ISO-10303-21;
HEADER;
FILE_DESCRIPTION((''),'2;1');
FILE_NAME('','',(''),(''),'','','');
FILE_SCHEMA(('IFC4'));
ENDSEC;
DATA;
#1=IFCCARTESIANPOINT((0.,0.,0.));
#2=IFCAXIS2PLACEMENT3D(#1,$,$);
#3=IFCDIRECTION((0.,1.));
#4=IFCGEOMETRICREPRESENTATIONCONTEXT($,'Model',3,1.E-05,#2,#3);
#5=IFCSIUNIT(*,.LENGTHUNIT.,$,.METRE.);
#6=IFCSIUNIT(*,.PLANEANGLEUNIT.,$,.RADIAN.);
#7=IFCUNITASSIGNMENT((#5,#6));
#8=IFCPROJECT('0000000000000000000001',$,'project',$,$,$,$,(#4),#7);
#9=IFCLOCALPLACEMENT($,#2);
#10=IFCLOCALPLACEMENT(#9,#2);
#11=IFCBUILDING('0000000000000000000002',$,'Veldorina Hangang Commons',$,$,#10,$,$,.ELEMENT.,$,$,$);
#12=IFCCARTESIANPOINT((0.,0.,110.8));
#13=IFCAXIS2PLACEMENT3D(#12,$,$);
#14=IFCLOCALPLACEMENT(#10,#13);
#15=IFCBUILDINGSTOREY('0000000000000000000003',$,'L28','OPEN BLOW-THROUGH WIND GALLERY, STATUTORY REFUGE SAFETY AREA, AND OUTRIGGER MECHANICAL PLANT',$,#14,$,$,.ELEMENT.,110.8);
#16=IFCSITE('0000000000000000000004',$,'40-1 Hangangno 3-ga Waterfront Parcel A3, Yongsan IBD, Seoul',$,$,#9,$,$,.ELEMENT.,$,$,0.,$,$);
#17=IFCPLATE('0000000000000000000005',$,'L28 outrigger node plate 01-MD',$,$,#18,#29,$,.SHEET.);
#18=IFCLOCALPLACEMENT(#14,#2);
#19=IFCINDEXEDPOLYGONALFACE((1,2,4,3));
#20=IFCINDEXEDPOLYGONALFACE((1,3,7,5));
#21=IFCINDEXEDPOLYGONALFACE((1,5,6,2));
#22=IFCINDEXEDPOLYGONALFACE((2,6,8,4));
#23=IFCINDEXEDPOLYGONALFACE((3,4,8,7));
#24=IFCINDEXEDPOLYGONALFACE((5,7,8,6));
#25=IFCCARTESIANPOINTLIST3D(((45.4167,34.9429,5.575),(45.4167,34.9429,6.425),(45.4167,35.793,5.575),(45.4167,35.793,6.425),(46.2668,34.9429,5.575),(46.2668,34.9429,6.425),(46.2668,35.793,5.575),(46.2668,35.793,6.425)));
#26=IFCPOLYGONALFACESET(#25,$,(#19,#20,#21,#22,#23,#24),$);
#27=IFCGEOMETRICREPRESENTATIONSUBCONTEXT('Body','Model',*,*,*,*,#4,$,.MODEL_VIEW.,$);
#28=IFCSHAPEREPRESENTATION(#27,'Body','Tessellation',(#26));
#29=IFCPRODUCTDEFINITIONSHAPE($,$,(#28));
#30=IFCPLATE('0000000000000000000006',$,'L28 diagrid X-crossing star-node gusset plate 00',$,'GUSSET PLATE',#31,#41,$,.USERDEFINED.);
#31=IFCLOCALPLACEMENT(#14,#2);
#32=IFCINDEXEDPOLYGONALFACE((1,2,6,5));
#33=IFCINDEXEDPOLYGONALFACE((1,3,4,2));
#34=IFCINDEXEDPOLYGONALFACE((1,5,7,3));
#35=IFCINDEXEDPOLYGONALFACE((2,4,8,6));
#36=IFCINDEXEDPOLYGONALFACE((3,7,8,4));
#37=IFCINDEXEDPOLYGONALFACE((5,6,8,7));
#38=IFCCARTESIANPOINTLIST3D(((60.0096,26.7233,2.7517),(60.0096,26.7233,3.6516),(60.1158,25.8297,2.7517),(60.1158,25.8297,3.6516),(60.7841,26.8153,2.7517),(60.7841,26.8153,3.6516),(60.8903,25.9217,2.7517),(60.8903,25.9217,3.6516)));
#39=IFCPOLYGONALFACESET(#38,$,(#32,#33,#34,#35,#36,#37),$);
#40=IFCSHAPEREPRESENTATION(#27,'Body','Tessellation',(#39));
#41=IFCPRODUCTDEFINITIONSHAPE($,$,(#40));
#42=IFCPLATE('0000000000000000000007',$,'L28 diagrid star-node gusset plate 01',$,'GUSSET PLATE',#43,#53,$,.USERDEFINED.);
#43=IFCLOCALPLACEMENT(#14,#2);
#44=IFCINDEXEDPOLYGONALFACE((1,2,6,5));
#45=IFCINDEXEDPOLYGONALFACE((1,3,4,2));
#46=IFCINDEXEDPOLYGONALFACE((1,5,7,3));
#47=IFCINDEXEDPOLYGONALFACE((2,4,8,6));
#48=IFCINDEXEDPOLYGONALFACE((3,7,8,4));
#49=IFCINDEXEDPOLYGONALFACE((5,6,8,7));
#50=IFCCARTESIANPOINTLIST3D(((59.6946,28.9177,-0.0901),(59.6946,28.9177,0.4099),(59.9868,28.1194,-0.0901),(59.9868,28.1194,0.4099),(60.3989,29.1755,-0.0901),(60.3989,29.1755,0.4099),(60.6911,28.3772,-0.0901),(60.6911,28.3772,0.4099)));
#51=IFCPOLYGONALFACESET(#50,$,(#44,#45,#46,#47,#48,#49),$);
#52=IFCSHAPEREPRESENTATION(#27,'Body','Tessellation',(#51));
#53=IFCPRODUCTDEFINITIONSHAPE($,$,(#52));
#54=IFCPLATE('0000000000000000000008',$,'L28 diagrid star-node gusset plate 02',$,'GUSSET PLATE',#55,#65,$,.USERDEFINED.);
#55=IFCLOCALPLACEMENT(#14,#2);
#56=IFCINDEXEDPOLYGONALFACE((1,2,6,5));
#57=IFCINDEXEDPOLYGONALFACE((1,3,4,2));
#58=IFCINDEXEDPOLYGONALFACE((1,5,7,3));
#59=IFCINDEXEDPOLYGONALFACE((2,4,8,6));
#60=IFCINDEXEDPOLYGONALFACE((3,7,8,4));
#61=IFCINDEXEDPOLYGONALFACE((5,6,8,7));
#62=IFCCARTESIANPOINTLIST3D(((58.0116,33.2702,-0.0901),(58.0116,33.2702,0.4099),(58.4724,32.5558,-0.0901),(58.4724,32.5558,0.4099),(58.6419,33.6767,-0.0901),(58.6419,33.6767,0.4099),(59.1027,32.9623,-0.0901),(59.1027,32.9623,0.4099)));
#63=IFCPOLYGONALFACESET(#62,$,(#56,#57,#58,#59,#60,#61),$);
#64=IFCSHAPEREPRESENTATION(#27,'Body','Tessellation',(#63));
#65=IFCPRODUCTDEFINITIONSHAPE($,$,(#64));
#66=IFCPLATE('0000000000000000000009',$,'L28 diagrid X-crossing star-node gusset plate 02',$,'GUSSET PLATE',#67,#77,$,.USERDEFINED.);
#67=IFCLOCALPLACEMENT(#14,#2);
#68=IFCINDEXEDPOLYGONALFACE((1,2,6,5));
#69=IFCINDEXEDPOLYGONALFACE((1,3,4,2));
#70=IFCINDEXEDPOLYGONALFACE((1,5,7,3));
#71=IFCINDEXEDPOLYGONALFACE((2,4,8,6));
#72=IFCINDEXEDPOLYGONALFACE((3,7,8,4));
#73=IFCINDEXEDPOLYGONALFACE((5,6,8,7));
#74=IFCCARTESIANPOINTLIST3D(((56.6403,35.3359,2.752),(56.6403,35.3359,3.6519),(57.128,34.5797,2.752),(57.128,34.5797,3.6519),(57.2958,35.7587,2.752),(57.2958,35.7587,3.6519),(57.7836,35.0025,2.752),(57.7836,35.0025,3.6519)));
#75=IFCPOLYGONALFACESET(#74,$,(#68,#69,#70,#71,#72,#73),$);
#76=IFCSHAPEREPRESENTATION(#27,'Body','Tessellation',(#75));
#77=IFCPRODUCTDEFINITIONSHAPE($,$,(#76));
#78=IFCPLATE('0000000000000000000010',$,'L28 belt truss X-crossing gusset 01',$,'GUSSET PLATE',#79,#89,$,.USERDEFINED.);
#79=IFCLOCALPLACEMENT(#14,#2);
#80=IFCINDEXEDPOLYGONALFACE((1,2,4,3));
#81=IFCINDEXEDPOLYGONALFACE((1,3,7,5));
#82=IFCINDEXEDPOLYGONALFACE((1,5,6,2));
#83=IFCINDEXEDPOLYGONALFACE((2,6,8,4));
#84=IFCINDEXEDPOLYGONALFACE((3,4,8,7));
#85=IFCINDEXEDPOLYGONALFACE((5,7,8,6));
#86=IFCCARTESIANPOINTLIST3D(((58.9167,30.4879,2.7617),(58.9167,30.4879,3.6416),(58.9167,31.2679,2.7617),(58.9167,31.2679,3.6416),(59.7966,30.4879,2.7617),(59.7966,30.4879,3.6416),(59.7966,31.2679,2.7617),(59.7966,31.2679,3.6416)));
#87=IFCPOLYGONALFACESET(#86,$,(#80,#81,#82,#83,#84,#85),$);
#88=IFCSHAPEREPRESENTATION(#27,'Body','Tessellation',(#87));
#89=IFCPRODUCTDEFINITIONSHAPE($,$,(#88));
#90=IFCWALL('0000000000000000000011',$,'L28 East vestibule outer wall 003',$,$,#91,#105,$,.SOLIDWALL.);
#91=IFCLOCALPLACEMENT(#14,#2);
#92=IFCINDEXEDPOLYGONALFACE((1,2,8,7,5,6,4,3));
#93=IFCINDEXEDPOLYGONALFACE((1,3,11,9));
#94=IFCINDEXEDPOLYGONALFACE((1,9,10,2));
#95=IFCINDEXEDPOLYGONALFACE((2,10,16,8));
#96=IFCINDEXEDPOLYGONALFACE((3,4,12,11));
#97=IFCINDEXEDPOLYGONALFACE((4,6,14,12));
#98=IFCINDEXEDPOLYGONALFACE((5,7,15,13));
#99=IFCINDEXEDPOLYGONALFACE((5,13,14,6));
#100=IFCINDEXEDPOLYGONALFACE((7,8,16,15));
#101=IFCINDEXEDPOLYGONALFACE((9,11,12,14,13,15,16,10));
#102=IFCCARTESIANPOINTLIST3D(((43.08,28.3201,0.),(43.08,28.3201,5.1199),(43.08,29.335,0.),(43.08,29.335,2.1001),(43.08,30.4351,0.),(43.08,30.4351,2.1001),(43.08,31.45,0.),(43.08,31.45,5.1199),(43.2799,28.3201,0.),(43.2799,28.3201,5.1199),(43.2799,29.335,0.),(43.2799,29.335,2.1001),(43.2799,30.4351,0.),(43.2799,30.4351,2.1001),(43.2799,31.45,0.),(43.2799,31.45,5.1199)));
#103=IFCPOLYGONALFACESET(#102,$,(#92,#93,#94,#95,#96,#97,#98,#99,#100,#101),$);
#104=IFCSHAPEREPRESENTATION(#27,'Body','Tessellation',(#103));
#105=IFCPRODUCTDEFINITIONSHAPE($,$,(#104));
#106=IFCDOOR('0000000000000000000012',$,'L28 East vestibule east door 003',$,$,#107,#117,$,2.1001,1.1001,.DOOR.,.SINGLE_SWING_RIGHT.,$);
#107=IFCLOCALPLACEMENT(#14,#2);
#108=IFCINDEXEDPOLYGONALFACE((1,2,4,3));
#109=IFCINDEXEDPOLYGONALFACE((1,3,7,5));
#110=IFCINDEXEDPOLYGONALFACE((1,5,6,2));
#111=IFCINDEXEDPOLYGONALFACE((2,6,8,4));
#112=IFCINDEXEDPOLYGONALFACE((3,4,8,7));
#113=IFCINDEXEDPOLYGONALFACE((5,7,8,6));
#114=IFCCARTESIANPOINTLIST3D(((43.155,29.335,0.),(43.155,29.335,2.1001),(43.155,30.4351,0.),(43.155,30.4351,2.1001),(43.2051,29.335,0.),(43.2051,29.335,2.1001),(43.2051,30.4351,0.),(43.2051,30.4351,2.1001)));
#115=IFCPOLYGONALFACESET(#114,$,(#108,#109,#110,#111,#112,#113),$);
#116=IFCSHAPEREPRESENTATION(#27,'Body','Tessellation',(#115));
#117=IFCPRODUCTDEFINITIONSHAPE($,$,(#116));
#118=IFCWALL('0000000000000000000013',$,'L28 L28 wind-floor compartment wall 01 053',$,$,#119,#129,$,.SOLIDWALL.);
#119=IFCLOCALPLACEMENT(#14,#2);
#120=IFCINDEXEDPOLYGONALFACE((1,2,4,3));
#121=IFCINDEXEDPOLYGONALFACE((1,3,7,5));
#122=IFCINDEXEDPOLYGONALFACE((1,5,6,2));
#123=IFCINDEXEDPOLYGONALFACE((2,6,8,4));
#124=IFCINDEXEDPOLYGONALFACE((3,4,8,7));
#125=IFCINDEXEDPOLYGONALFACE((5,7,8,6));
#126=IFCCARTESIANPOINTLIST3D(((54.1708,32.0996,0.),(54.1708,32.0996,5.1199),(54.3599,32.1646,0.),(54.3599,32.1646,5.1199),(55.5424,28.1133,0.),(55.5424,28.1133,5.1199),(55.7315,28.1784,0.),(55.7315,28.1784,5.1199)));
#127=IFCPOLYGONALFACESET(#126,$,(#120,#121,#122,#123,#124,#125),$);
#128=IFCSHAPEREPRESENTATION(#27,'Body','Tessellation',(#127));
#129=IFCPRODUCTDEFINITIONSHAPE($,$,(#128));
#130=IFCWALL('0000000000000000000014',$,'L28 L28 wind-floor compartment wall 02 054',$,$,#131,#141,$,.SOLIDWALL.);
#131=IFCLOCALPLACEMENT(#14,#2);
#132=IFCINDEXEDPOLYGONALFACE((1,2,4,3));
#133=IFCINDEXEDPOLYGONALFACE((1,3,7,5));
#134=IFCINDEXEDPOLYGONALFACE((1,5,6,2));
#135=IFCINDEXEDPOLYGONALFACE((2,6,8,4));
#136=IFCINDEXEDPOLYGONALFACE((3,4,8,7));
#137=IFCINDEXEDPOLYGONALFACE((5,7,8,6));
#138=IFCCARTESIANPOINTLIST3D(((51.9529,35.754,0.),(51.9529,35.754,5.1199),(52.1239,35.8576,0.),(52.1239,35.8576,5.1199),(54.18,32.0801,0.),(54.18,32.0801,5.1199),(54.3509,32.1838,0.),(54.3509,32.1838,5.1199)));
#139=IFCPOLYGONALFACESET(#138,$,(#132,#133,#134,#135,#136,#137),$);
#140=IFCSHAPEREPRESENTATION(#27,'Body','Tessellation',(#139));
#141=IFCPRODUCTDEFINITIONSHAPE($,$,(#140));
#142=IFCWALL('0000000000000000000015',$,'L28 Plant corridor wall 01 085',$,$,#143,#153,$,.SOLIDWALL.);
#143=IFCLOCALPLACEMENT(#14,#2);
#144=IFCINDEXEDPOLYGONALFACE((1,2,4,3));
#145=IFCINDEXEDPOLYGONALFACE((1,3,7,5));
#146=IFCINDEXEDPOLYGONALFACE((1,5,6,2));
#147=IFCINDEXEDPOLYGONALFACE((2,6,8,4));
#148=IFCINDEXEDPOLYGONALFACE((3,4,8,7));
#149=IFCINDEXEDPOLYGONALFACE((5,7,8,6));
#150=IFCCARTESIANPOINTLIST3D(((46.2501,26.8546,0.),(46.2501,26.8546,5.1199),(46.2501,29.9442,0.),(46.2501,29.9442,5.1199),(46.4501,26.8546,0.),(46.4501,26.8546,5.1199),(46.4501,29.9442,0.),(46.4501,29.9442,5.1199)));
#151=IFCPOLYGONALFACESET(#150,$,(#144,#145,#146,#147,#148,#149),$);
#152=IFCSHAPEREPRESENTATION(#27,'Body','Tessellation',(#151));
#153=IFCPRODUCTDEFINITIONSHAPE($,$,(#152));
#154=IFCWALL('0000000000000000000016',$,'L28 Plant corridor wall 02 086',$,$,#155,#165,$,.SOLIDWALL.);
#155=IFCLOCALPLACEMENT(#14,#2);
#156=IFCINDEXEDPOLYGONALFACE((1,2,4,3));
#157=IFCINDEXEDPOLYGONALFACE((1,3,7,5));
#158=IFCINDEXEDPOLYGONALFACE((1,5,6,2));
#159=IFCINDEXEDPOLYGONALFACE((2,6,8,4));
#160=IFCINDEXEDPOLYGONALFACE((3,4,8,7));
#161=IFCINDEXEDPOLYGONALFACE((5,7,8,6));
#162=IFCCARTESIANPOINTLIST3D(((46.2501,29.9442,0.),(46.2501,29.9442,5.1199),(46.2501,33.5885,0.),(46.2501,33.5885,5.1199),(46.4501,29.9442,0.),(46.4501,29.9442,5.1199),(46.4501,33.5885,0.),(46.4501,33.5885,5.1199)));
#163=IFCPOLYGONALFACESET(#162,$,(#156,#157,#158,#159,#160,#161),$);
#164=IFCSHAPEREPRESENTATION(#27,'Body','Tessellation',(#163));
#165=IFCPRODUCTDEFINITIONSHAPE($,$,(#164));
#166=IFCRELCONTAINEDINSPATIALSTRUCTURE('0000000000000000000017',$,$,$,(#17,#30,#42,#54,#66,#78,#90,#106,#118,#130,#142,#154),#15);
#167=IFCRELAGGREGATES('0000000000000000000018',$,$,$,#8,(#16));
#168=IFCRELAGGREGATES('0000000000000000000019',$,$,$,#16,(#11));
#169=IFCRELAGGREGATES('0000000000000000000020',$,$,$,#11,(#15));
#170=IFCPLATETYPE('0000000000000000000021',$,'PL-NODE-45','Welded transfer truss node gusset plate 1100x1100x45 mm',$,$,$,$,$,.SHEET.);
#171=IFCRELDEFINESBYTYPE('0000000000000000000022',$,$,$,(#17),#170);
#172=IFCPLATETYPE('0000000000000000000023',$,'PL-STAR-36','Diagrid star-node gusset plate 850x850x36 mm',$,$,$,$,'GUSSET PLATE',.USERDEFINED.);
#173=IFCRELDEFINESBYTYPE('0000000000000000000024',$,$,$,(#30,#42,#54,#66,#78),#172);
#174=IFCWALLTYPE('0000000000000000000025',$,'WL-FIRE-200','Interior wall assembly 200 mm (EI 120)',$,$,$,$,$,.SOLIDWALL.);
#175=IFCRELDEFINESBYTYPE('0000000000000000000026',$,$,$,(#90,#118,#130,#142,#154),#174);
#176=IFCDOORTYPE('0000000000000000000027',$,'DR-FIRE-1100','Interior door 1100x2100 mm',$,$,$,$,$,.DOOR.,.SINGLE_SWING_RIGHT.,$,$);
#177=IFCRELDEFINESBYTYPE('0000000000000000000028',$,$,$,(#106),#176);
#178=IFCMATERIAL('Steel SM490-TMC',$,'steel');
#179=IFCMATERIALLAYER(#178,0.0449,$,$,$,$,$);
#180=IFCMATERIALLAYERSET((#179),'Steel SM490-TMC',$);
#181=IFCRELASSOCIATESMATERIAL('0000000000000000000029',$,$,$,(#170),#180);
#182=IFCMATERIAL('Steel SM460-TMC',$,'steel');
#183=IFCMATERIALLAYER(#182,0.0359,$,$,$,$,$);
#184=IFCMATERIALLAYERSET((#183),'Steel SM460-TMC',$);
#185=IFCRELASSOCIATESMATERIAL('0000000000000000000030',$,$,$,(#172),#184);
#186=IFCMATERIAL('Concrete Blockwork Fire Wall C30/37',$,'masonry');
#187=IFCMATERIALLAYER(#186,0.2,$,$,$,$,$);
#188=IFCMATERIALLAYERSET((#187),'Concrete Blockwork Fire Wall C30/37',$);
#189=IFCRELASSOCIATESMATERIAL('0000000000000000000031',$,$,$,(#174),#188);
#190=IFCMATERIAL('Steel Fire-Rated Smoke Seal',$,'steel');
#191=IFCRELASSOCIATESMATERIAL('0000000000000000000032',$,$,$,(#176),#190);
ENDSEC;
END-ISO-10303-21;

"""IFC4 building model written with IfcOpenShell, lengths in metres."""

from ifc_helpers import new_model, si_unit, direction, frame, frame_2d, origin, origin_2d, place, context, subcontext, project, spatial, rectangle, extrude, material, layer, layer_set, type_object, element, fill, save


model = new_model("IFC4")

# Units and contexts
model_context = context("Model", 3, precision=1e-05, world=origin(), true_north=direction((0.0, 1.0)))
body_context = subcontext(model_context, "Body", "Model", "MODEL_VIEW")
ifc_project = project(units=[si_unit("LENGTHUNIT", "METRE"), si_unit("PLANEANGLEUNIT", "RADIAN")], contexts=[model_context])

# Site, building, storey
site_placement = place(None, origin())
site = spatial("IfcSite", under=ifc_project, at=site_placement, Name="40-1 Hangangno 3-ga Waterfront Parcel A3, Yongsan IBD, Seoul", CompositionType="ELEMENT", RefElevation=0.0)
building_placement = place(site_placement, origin())
building = spatial("IfcBuilding", under=site, at=building_placement, Name="Veldorina Hangang Commons", CompositionType="ELEMENT")
storey_placement = place(building_placement, frame((0.0, 0.0, 110.8)))
storey = spatial("IfcBuildingStorey", under=building, at=storey_placement, Name="L28", Description="OPEN BLOW-THROUGH WIND GALLERY, STATUTORY REFUGE SAFETY AREA, AND OUTRIGGER MECHANICAL PLANT", CompositionType="ELEMENT", Elevation=110.8)

# Shared definitions
ifc_material_1 = material(Name="Steel SM460-TMC", Category="steel")

# Plates
ifc_material_2 = material(Name="Steel SM490-TMC", Category="steel")
ifc_layer_1 = layer(ifc_material_2, 0.0449)
ifc_layer_set_1 = layer_set([ifc_layer_1], Name="Steel SM490-TMC")
plate_type_1 = type_object("IfcPlateType", Name="PL-NODE-45", Description="Welded transfer truss node gusset plate 1100x1100x45 mm", PredefinedType="SHEET", material=ifc_layer_set_1)
plate_1_placement = place(storey_placement, frame((45.8418, 35.3679, 5.575), z_axis=(0.0, 0.0, 1.0), x_axis=(1.0, 0.0, 0.0)))
element("IfcPlate", 1, at=plate_1_placement, inside=storey, type_object=plate_type_1, Name="L28 outrigger node plate 01-MD", PredefinedType="SHEET", context=body_context, shape_type="SweptSolid", body=[
    extrude(rectangle(XDim=0.8501, YDim=0.8501, at=origin_2d()), origin(), (0.0, 0.0, 1.0), 0.8501),
])
ifc_layer_2 = layer(ifc_material_1, 0.0359)
ifc_layer_set_2 = layer_set([ifc_layer_2], Name="Steel SM460-TMC")
plate_type_2 = type_object("IfcPlateType", Name="PL-STAR-36", Description="Diagrid star-node gusset plate 850x850x36 mm", ElementType="GUSSET PLATE", PredefinedType="USERDEFINED", material=ifc_layer_set_2)
plate_2_placement = place(storey_placement, frame((60.45, 26.3225, 2.7517), z_axis=(0.0, 0.0, 1.0), x_axis=(-0.118005, 0.993013, 0.0)))
element("IfcPlate", 2, at=plate_2_placement, inside=storey, type_object=plate_type_2, Name="L28 diagrid X-crossing star-node gusset plate 00", ObjectType="GUSSET PLATE", PredefinedType="USERDEFINED", context=body_context, shape_type="SweptSolid", body=[
    extrude(rectangle(XDim=0.8999, YDim=0.78, at=origin_2d()), origin(), (0.0, 0.0, 1.0), 0.8999),
])
for number, where, z_axis, x_axis, name in (
    (3, (60.1929, 28.6475, -0.0901), (0.0, 0.0, 1.0), (-0.343758, 0.939058, 0.0), "L28 diagrid star-node gusset plate 01"),
    (4, (58.5571, 33.1162, -0.0901), (0.0, 0.0, 1.0), (-0.542016, 0.840368, 0.0), "L28 diagrid star-node gusset plate 02"),
):
    element("IfcPlate", number, at=place(storey_placement, frame(where, z_axis=z_axis, x_axis=x_axis)), inside=storey, type_object=plate_type_2, Name=name, ObjectType="GUSSET PLATE", PredefinedType="USERDEFINED", context=body_context, shape_type="SweptSolid", body=[
        extrude(rectangle(XDim=0.8501, YDim=0.75, at=origin_2d()), origin(), (0.0, 0.0, 1.0), 0.5),
    ])
plate_3_placement = place(storey_placement, frame((57.2119, 35.1692, 2.752), z_axis=(0.0, 0.0, 1.0), x_axis=(-0.542016, 0.840368, 0.0)))
element("IfcPlate", 5, at=plate_3_placement, inside=storey, type_object=plate_type_2, Name="L28 diagrid X-crossing star-node gusset plate 02", ObjectType="GUSSET PLATE", PredefinedType="USERDEFINED", context=body_context, shape_type="SweptSolid", body=[
    extrude(rectangle(XDim=0.8999, YDim=0.78, at=origin_2d()), origin(), (0.0, 0.0, 1.0), 0.8999),
])
plate_4_placement = place(storey_placement, frame((59.3567, 30.8779, 2.7617), z_axis=(0.0, 0.0, 1.0), x_axis=(1.0, 0.0, 0.0)))
element("IfcPlate", 6, at=plate_4_placement, inside=storey, type_object=plate_type_2, Name="L28 belt truss X-crossing gusset 01", ObjectType="GUSSET PLATE", PredefinedType="USERDEFINED", context=body_context, shape_type="SweptSolid", body=[
    extrude(rectangle(XDim=0.8799, YDim=0.78, at=origin_2d()), origin(), (0.0, 0.0, 1.0), 0.8799),
])

# Wall, opening, door
ifc_material_3 = material(Name="Concrete Blockwork Fire Wall C30/37", Category="masonry")
ifc_layer_3 = layer(ifc_material_3, 0.2)
ifc_layer_set_3 = layer_set([ifc_layer_3], Name="Concrete Blockwork Fire Wall C30/37")
wall_type = type_object("IfcWallType", Name="WL-FIRE-200", Description="Interior wall assembly 200 mm (EI 120)", PredefinedType="SOLIDWALL", material=ifc_layer_set_3)
wall_1_placement = place(storey_placement, frame((43.1799, 28.3201, 0.0), z_axis=(0.0, 0.0, 1.0), x_axis=(0.0, 1.0, 0.0)))
wall_1 = element("IfcWall", 7, at=wall_1_placement, inside=storey, type_object=wall_type, Name="L28 East vestibule outer wall 003", PredefinedType="SOLIDWALL", context=body_context, shape_type="SweptSolid", body=[
    extrude(rectangle(XDim=3.1299, YDim=0.2, at=frame_2d((1.5649, 0.0))), origin(), (0.0, 0.0, 1.0), 5.1199),
])
opening_1_placement = place(wall_1_placement, frame((1.0149, 0.0, 0.0)))
opening_1 = element("IfcOpeningElement", 8, at=opening_1_placement, cuts=wall_1, PredefinedType="OPENING", context=body_context, shape_type="SweptSolid", body=[
    extrude(rectangle(XDim=1.1001, YDim=2.1001, at=frame_2d((0.55, 1.05))), frame((0.0, 0.1099, 0.0), z_axis=(0.0, -1.0, 0.0), x_axis=(1.0, 0.0, 0.0)), (0.0, 0.0, 1.0), 0.22),
])
ifc_material_4 = material(Name="Steel Fire-Rated Smoke Seal", Category="steel")
door_type_1 = type_object("IfcDoorType", Name="DR-FIRE-1100", Description="Interior door 1100x2100 mm", OperationType="SINGLE_SWING_RIGHT", PredefinedType="DOOR", material=ifc_material_4)
door_1_placement = place(opening_1_placement, origin())
door_1 = element("IfcDoor", 9, at=door_1_placement, inside=storey, type_object=door_type_1, Name="L28 East vestibule east door 003", OperationType="SINGLE_SWING_RIGHT", OverallHeight=2.1001, OverallWidth=1.1001, PredefinedType="DOOR", context=body_context, shape_type="SweptSolid", body=[
    extrude(rectangle(XDim=1.1001, YDim=2.1001, at=frame_2d((0.55, 1.05))), frame((0.0, 0.0249, 0.0), z_axis=(0.0, -1.0, 0.0), x_axis=(1.0, 0.0, 0.0)), (0.0, 0.0, 1.0), 0.05),
])
fill(opening_1, door_1)

# Walls
wall_2_placement = place(storey_placement, frame((55.637, 28.1458, 0.0), z_axis=(0.0, 0.0, 1.0), x_axis=(-0.325352, 0.945593, 0.0)))
element("IfcWall", 10, at=wall_2_placement, inside=storey, type_object=wall_type, Name="L28 L28 wind-floor compartment wall 01 053", PredefinedType="SOLIDWALL", context=body_context, shape_type="SweptSolid", body=[
    extrude(rectangle(XDim=4.2156, YDim=0.2, at=frame_2d((2.1079, 0.0))), origin(), (0.0, 0.0, 1.0), 5.1199),
])
wall_3_placement = place(storey_placement, frame((54.2654, 32.1321, 0.0), z_axis=(0.0, 0.0, 1.0), x_axis=(-0.518385, 0.855147, 0.0)))
element("IfcWall", 11, at=wall_3_placement, inside=storey, type_object=wall_type, Name="L28 L28 wind-floor compartment wall 02 054", PredefinedType="SOLIDWALL", context=body_context, shape_type="SweptSolid", body=[
    extrude(rectangle(XDim=4.2961, YDim=0.2, at=frame_2d((2.1479, 0.0))), origin(), (0.0, 0.0, 1.0), 5.1199),
])
wall_4_placement = place(storey_placement, frame((46.3501, 26.8545, 0.0), z_axis=(0.0, 0.0, 1.0), x_axis=(0.0, 1.0, 0.0)))
element("IfcWall", 12, at=wall_4_placement, inside=storey, type_object=wall_type, Name="L28 Plant corridor wall 01 085", PredefinedType="SOLIDWALL", context=body_context, shape_type="SweptSolid", body=[
    extrude(rectangle(XDim=3.0896, YDim=0.2, at=frame_2d((1.5449, 0.0))), origin(), (0.0, 0.0, 1.0), 5.1199),
])
wall_5_placement = place(storey_placement, frame((46.3501, 29.9441, 0.0), z_axis=(0.0, 0.0, 1.0), x_axis=(0.0, 1.0, 0.0)))
element("IfcWall", 13, at=wall_5_placement, inside=storey, type_object=wall_type, Name="L28 Plant corridor wall 02 086", PredefinedType="SOLIDWALL", context=body_context, shape_type="SweptSolid", body=[
    extrude(rectangle(XDim=3.6443, YDim=0.2, at=frame_2d((1.8223, 0.0))), origin(), (0.0, 0.0, 1.0), 5.1199),
])

save(model, "model.ifc")
